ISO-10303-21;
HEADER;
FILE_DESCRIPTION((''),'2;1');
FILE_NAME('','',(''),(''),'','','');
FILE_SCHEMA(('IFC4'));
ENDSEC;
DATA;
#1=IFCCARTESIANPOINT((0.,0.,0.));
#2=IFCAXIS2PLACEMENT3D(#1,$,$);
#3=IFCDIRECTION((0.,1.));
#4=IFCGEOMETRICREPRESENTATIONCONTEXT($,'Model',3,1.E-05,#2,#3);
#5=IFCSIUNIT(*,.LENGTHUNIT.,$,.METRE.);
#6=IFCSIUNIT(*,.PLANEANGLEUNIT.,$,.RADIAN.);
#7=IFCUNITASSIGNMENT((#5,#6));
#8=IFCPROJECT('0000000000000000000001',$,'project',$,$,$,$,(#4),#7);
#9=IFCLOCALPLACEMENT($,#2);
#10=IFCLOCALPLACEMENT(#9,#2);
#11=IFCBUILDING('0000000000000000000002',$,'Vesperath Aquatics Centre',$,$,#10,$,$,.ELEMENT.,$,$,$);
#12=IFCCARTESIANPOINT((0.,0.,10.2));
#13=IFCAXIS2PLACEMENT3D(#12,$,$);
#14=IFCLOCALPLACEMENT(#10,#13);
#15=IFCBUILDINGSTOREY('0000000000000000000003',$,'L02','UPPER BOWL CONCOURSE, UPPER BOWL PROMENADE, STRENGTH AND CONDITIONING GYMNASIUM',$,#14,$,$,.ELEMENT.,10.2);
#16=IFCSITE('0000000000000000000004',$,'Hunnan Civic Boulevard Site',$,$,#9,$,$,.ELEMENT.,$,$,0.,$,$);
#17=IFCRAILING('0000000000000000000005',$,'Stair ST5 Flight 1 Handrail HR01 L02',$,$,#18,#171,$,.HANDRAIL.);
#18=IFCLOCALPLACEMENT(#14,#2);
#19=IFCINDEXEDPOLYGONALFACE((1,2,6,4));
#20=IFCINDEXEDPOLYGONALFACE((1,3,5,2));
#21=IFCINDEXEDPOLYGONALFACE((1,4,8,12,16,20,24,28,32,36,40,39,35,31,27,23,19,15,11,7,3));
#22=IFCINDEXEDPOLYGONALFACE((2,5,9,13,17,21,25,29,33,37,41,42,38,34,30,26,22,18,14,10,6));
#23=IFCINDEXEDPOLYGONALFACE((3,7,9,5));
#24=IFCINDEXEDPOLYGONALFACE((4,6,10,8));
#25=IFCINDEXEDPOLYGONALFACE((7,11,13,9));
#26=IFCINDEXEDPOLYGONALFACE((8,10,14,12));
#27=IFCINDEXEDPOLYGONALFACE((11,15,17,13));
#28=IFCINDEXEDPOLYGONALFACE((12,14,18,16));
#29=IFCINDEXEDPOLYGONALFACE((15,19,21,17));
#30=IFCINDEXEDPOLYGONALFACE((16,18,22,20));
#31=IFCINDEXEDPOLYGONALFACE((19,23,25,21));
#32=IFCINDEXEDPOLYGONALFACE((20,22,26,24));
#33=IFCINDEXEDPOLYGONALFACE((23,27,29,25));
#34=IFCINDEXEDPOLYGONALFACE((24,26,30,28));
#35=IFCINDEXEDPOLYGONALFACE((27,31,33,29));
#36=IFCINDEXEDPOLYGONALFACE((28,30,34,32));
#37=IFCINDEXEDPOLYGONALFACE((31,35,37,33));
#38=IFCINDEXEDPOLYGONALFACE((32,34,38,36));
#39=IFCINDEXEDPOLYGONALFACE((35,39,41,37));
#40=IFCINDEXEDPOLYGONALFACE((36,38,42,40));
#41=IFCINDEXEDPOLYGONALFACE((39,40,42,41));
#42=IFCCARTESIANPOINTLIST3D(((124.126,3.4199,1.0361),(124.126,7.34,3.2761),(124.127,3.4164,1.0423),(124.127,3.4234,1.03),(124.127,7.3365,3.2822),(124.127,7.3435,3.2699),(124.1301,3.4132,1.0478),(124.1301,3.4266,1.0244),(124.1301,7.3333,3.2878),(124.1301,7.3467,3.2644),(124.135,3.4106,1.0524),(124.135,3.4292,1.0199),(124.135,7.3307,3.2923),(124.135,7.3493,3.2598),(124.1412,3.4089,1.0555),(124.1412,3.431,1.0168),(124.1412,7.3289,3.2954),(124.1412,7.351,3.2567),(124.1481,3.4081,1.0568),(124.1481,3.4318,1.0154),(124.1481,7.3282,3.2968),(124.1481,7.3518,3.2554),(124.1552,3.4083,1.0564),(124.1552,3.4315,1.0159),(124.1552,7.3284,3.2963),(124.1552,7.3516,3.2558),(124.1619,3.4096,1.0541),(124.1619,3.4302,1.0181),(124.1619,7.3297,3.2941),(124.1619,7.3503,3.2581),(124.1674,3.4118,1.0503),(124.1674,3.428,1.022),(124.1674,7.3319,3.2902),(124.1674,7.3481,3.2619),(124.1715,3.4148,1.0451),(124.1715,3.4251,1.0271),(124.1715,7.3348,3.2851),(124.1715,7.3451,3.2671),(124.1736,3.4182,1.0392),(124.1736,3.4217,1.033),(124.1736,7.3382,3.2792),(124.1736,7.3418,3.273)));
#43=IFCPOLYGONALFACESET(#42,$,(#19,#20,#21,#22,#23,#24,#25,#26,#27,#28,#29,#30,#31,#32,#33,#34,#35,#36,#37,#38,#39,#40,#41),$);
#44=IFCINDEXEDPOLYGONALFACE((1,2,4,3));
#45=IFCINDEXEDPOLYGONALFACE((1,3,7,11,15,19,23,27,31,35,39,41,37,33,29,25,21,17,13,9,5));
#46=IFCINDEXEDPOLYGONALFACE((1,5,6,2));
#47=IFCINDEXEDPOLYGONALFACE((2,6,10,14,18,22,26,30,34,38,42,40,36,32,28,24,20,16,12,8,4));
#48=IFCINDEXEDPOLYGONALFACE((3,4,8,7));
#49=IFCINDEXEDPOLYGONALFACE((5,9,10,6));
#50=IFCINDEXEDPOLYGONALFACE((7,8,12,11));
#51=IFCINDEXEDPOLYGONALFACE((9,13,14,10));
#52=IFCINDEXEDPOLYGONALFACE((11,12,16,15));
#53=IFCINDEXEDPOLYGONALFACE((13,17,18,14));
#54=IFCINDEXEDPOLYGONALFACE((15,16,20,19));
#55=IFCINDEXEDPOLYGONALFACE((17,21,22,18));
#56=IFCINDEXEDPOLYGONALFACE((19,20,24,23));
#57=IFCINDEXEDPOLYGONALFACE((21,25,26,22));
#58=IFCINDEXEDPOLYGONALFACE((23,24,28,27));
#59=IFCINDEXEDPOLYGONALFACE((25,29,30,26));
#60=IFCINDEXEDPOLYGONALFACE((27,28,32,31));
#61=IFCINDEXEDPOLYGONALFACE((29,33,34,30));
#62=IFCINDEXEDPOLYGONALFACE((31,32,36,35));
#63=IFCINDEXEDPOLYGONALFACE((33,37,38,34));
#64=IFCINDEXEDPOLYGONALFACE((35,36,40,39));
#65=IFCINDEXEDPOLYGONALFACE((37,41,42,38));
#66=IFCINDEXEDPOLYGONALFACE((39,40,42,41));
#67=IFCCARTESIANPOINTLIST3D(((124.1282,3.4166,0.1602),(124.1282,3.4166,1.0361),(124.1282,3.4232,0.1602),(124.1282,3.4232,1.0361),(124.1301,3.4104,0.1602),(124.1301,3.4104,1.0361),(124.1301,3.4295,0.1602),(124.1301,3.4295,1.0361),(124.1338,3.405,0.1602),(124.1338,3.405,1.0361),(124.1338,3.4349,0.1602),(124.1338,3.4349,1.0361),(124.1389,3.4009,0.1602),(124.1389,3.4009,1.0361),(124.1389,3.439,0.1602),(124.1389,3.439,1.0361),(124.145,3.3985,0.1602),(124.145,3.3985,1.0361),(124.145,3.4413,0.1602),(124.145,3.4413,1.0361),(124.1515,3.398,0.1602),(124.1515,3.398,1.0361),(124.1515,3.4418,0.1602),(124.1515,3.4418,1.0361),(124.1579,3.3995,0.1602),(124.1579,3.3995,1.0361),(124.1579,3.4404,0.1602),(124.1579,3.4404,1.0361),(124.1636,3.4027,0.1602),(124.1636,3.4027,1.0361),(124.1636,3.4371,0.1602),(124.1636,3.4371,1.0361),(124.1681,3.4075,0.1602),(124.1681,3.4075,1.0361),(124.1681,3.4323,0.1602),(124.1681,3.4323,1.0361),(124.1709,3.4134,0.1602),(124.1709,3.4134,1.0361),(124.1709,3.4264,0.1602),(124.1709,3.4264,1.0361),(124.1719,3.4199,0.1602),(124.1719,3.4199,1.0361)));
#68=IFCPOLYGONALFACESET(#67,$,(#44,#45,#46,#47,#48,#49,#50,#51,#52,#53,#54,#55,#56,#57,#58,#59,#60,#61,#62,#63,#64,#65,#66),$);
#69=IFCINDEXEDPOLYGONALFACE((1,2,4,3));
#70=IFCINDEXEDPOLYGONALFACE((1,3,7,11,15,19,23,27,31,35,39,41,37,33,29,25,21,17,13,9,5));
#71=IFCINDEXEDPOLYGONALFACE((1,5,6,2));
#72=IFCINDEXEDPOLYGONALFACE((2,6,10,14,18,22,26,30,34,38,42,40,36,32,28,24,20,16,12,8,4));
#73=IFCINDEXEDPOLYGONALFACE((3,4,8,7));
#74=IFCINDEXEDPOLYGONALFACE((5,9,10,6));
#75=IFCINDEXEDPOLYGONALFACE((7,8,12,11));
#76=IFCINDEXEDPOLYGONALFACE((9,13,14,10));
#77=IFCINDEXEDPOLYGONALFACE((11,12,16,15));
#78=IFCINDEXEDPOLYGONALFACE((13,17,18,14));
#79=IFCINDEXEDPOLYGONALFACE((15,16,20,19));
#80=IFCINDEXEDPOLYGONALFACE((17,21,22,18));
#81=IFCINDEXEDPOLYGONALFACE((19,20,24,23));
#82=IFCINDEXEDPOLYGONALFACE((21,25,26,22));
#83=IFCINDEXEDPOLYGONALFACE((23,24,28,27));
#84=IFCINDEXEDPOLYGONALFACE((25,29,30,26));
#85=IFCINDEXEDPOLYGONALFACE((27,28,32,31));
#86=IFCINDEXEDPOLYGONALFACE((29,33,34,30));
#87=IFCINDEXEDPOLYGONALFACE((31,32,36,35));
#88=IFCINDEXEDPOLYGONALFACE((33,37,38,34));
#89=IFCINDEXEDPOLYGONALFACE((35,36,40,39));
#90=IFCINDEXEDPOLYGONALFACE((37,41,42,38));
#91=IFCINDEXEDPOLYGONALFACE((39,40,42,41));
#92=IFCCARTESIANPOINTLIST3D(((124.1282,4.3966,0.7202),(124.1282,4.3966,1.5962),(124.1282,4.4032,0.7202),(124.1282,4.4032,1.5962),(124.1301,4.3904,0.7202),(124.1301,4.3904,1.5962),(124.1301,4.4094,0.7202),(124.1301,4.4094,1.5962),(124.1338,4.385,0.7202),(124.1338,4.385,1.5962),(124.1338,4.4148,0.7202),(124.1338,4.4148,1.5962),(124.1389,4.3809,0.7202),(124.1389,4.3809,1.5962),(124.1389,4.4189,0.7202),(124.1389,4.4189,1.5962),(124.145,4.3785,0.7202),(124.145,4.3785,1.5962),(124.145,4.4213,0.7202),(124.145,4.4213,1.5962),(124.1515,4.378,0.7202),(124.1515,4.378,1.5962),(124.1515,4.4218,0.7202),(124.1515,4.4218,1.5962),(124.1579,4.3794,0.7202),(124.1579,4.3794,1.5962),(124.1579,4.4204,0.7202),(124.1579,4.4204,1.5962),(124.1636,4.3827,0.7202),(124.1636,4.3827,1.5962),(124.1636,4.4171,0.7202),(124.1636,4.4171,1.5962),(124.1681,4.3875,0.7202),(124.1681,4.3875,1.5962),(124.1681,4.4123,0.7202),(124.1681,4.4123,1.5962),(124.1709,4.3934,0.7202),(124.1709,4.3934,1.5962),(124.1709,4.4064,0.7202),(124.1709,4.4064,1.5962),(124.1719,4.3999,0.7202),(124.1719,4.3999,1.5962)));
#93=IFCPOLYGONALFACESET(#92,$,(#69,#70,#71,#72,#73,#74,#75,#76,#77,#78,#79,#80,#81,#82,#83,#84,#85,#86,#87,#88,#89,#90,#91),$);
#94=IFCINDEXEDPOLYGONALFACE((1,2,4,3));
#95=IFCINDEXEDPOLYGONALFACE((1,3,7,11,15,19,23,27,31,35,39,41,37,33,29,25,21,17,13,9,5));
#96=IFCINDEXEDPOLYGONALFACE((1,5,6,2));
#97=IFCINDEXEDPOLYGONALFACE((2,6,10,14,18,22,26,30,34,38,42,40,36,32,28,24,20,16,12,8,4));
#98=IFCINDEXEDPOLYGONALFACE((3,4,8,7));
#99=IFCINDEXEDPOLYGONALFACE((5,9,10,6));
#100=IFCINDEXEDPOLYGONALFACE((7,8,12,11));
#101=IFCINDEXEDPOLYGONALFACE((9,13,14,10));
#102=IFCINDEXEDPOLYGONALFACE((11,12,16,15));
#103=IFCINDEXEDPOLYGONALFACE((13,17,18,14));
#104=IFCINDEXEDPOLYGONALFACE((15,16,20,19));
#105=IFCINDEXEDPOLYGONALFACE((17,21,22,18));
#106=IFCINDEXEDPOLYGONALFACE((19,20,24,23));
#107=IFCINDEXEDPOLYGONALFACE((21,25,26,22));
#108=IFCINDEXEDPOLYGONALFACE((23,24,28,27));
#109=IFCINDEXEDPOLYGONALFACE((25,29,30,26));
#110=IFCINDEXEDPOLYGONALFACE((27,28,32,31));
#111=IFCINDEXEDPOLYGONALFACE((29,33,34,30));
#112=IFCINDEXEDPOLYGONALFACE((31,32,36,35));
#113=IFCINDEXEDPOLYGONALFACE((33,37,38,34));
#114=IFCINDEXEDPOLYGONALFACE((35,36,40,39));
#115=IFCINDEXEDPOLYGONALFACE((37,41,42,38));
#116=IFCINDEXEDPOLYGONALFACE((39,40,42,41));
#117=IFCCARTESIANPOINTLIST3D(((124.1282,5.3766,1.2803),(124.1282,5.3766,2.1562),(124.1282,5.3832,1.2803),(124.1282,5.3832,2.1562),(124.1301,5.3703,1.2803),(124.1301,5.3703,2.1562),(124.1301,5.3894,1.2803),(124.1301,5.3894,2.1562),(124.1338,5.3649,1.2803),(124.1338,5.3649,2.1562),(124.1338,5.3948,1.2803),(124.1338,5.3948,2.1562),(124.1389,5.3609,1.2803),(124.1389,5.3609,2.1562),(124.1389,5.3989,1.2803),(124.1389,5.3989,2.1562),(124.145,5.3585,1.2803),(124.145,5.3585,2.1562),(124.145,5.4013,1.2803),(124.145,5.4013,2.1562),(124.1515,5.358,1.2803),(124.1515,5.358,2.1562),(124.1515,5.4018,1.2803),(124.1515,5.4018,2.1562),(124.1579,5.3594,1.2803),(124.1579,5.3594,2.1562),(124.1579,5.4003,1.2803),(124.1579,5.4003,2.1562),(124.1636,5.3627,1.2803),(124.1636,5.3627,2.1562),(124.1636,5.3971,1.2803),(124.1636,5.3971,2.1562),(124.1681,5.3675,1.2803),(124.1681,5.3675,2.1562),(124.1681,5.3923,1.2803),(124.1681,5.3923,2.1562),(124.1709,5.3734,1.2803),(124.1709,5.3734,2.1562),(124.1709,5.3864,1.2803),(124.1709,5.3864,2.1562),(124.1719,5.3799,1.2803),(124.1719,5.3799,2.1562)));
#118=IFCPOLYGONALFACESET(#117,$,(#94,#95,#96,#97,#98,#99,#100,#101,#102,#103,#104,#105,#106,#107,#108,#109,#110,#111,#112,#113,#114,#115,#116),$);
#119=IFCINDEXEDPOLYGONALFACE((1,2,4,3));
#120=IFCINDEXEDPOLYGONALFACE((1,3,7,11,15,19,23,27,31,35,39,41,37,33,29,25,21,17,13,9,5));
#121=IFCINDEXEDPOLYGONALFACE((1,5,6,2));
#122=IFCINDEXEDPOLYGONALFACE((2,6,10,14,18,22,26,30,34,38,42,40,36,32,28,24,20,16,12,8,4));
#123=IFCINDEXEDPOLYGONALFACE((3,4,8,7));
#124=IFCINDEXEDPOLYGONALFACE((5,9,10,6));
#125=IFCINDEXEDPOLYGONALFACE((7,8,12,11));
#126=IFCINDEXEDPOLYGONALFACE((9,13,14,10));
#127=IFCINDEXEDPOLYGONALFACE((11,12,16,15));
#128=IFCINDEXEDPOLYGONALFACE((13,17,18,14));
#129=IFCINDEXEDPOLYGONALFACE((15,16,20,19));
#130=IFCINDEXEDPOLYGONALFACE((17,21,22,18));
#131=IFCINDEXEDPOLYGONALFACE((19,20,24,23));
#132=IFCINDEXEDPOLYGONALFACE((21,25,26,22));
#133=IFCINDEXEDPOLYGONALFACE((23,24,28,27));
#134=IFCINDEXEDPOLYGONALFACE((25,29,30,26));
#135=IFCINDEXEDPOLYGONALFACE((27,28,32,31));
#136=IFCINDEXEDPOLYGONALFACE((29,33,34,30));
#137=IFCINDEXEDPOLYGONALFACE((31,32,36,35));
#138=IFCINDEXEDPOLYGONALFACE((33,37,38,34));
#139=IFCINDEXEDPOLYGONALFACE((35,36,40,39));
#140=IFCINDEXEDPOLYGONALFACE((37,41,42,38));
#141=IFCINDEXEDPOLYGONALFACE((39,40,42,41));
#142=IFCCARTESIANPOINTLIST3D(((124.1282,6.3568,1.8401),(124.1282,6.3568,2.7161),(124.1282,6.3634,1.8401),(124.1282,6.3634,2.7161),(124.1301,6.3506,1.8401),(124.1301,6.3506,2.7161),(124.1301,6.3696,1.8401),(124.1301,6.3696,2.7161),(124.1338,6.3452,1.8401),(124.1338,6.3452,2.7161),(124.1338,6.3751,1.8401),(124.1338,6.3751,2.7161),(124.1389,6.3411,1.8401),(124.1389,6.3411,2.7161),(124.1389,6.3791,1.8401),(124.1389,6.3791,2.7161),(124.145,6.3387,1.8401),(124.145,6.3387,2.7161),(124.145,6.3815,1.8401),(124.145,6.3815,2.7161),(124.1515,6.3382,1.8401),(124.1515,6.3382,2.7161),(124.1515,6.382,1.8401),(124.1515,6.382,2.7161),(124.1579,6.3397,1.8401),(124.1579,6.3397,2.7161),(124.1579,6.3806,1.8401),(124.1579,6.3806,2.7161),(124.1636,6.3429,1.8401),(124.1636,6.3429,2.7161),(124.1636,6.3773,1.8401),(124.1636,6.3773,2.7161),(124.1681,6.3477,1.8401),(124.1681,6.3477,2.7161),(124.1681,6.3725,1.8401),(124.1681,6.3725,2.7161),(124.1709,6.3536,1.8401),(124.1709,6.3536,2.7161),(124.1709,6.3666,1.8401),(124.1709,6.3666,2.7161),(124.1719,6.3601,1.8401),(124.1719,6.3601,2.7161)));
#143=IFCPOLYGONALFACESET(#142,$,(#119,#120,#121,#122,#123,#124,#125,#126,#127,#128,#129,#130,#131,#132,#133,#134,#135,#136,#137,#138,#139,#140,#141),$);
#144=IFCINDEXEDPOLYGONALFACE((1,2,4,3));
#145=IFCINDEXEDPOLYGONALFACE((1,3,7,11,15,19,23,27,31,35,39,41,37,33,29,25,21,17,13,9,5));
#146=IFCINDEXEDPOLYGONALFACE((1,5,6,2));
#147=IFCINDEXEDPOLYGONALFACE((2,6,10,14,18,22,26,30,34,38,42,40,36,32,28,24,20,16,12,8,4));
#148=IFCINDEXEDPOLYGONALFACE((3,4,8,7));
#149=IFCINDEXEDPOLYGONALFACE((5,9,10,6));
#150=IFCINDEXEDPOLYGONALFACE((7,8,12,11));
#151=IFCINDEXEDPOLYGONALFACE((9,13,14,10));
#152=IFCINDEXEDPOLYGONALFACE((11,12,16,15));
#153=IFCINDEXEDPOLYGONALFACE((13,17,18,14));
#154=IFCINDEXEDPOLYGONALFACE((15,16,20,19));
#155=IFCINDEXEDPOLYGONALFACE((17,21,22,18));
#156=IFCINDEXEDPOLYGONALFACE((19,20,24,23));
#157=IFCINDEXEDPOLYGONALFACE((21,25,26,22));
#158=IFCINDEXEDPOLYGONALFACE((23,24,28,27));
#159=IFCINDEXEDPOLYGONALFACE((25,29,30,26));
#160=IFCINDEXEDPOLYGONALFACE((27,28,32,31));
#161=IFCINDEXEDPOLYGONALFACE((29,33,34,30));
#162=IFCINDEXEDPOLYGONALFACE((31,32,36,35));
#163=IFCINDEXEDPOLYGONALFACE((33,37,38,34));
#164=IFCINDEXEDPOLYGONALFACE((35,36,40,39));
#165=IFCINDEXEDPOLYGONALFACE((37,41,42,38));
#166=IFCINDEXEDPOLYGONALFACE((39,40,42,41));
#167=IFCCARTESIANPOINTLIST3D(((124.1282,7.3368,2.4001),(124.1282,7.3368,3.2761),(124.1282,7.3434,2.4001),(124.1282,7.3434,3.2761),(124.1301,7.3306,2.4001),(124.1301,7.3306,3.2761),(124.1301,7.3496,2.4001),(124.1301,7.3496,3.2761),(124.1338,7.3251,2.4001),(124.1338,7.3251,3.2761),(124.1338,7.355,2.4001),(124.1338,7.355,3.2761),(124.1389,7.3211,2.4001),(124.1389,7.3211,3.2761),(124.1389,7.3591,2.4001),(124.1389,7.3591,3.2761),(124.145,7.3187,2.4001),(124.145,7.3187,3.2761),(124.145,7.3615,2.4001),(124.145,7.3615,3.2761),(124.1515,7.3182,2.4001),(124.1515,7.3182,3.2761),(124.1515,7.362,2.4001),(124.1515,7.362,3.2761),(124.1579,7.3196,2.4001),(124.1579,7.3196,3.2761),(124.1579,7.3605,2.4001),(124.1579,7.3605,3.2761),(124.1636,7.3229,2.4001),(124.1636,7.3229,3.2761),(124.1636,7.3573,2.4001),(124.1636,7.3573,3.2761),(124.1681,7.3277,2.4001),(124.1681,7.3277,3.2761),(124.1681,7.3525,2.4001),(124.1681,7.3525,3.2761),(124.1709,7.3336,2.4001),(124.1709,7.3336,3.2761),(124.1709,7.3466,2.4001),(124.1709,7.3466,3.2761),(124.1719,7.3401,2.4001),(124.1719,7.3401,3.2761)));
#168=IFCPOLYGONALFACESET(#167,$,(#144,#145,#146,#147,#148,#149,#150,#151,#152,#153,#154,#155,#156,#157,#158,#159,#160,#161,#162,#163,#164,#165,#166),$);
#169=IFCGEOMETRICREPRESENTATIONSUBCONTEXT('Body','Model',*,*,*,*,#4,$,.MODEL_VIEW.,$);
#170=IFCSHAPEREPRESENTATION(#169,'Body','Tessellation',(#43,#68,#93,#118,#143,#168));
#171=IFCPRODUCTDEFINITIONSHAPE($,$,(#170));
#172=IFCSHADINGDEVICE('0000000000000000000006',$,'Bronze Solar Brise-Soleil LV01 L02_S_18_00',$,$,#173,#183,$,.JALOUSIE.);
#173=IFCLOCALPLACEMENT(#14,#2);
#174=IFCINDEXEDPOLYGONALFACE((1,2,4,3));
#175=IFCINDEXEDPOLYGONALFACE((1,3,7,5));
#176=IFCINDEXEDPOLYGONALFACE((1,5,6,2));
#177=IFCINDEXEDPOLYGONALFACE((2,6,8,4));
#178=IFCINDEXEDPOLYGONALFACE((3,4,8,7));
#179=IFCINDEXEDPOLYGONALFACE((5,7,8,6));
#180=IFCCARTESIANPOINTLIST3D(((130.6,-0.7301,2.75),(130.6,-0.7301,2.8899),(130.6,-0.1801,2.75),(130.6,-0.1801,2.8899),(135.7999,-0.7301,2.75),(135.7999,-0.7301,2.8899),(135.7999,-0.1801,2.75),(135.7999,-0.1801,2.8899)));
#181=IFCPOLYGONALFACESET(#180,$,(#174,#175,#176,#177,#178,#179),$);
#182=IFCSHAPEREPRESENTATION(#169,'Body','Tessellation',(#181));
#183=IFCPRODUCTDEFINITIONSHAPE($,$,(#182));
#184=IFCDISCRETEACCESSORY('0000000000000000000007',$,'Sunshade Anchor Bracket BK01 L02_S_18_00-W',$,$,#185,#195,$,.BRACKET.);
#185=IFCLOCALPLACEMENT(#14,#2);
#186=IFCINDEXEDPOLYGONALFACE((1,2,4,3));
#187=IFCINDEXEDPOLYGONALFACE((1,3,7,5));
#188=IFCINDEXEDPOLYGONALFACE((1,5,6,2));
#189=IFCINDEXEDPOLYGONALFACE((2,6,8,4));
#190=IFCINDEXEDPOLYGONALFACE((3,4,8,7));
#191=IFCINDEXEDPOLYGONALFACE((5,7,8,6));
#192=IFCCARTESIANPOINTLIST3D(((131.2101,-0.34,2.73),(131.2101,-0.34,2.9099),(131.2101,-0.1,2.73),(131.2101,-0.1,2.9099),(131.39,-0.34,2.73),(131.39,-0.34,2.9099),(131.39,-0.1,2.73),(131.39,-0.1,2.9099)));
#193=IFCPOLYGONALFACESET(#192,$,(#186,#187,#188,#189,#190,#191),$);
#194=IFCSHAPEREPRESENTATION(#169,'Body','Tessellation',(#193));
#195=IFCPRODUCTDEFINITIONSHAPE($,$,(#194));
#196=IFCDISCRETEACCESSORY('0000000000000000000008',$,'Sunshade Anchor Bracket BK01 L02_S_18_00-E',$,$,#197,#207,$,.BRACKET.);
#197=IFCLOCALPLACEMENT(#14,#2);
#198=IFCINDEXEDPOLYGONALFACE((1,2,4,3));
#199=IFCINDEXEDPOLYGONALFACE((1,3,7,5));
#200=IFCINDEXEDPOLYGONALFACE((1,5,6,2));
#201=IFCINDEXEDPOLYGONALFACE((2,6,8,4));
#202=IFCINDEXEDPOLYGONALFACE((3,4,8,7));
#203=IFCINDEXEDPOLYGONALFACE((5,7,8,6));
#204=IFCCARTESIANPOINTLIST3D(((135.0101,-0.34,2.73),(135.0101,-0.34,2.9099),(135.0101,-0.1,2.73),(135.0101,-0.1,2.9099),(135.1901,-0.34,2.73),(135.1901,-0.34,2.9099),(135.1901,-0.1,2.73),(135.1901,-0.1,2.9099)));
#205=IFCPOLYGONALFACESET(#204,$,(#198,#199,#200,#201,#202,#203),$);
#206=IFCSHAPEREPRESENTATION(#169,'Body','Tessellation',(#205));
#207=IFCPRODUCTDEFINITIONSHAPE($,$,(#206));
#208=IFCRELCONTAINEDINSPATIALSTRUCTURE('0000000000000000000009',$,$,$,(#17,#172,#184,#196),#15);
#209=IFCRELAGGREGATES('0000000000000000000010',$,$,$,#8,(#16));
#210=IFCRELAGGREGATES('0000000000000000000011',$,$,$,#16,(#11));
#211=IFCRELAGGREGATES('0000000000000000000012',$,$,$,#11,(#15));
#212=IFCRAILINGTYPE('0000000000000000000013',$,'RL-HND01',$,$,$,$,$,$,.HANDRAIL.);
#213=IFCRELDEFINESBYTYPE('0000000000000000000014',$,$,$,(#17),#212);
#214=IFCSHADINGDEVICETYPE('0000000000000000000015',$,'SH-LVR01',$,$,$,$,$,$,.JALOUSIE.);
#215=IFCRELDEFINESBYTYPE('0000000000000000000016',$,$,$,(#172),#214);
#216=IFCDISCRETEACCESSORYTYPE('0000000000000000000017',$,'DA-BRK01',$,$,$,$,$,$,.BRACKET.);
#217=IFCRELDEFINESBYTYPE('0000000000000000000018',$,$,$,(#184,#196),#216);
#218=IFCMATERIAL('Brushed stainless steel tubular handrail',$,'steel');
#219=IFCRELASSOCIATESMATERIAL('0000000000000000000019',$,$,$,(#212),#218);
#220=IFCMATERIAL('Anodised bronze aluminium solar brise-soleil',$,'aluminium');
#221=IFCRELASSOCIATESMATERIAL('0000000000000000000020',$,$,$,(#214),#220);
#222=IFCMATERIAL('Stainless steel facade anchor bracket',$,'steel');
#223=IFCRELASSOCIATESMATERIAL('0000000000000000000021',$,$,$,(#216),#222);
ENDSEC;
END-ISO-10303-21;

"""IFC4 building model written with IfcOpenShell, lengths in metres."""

from ifc_helpers import new_model, si_unit, direction, frame, origin, origin_2d, place, context, subcontext, project, spatial, rectangle, circle, extrude, material, type_object, element, save


model = new_model("IFC4")

# Units and contexts
model_context = context("Model", 3, precision=1e-05, world=origin(), true_north=direction((0.0, 1.0)))
body_context = subcontext(model_context, "Body", "Model", "MODEL_VIEW")
ifc_project = project(units=[si_unit("LENGTHUNIT", "METRE"), si_unit("PLANEANGLEUNIT", "RADIAN")], contexts=[model_context])

# Site, building, storey
site_placement = place(None, origin())
site = spatial("IfcSite", under=ifc_project, at=site_placement, Name="Hunnan Civic Boulevard Site", CompositionType="ELEMENT", RefElevation=0.0)
building_placement = place(site_placement, origin())
building = spatial("IfcBuilding", under=site, at=building_placement, Name="Vesperath Aquatics Centre", CompositionType="ELEMENT")
storey_placement = place(building_placement, frame((0.0, 0.0, 10.2)))
storey = spatial("IfcBuildingStorey", under=building, at=storey_placement, Name="L02", Description="UPPER BOWL CONCOURSE, UPPER BOWL PROMENADE, STRENGTH AND CONDITIONING GYMNASIUM", CompositionType="ELEMENT", Elevation=10.2)

# Railing
ifc_material_1 = material(Name="Brushed stainless steel tubular handrail", Category="steel")
railing_type_1 = type_object("IfcRailingType", Name="RL-HND01", PredefinedType="HANDRAIL", material=ifc_material_1)
railing_1_placement = place(storey_placement, frame((124.1499, 3.4199, 0.1602)))
element("IfcRailing", 1, at=railing_1_placement, inside=storey, type_object=railing_type_1, Name="Stair ST5 Flight 1 Handrail HR01 L02", PredefinedType="HANDRAIL", context=body_context, shape_type="SweptSolid", body=[
    extrude(circle(Radius=0.0239, at=origin_2d()), frame((0.0, 0.0, 0.876), z_axis=(0.0, 0.868253, 0.496121), x_axis=(-1.0, 0.0, 0.0)), (0.0, 0.0, 1.0), 4.5149),
    extrude(circle(Radius=0.022, at=origin_2d()), origin(), (0.0, 0.0, 1.0), 0.876),
    extrude(circle(Radius=0.022, at=origin_2d()), frame((0.0, 0.98, 0.5601)), (0.0, 0.0, 1.0), 0.876),
    extrude(circle(Radius=0.022, at=origin_2d()), frame((0.0, 1.96, 1.1201)), (0.0, 0.0, 1.0), 0.876),
    extrude(circle(Radius=0.022, at=origin_2d()), frame((0.0, 2.9402, 1.6799)), (0.0, 0.0, 1.0), 0.876),
    extrude(circle(Radius=0.022, at=origin_2d()), frame((0.0, 3.9202, 2.24)), (0.0, 0.0, 1.0), 0.876),
])

# Shading device
ifc_material_2 = material(Name="Anodised bronze aluminium solar brise-soleil", Category="aluminium")
shading_device_type = type_object("IfcShadingDeviceType", Name="SH-LVR01", PredefinedType="JALOUSIE", material=ifc_material_2)
shading_device_placement = place(storey_placement, frame((133.2, -0.4551, 2.75), z_axis=(0.0, 0.0, 1.0), x_axis=(1.0, 0.0, 0.0)))
element("IfcShadingDevice", 2, at=shading_device_placement, inside=storey, type_object=shading_device_type, Name="Bronze Solar Brise-Soleil LV01 L02_S_18_00", PredefinedType="JALOUSIE", context=body_context, shape_type="SweptSolid", body=[
    extrude(rectangle(XDim=5.2, YDim=0.55, at=origin_2d()), origin(), (0.0, 0.0, 1.0), 0.1399),
])

# Discrete accessories
ifc_material_3 = material(Name="Stainless steel facade anchor bracket", Category="steel")
discrete_accessory_type = type_object("IfcDiscreteAccessoryType", Name="DA-BRK01", PredefinedType="BRACKET", material=ifc_material_3)
for number, where, z_axis, x_axis, name in (
    (3, (131.3, -0.22, 2.73), (0.0, 0.0, 1.0), (1.0, 0.0, 0.0), "Sunshade Anchor Bracket BK01 L02_S_18_00-W"),
    (4, (135.1001, -0.22, 2.73), (0.0, 0.0, 1.0), (1.0, 0.0, 0.0), "Sunshade Anchor Bracket BK01 L02_S_18_00-E"),
):
    element("IfcDiscreteAccessory", number, at=place(storey_placement, frame(where, z_axis=z_axis, x_axis=x_axis)), inside=storey, type_object=discrete_accessory_type, Name=name, PredefinedType="BRACKET", context=body_context, shape_type="SweptSolid", body=[
        extrude(rectangle(XDim=0.1799, YDim=0.24, at=origin_2d()), origin(), (0.0, 0.0, 1.0), 0.1799),
    ])

save(model, "model.ifc")
